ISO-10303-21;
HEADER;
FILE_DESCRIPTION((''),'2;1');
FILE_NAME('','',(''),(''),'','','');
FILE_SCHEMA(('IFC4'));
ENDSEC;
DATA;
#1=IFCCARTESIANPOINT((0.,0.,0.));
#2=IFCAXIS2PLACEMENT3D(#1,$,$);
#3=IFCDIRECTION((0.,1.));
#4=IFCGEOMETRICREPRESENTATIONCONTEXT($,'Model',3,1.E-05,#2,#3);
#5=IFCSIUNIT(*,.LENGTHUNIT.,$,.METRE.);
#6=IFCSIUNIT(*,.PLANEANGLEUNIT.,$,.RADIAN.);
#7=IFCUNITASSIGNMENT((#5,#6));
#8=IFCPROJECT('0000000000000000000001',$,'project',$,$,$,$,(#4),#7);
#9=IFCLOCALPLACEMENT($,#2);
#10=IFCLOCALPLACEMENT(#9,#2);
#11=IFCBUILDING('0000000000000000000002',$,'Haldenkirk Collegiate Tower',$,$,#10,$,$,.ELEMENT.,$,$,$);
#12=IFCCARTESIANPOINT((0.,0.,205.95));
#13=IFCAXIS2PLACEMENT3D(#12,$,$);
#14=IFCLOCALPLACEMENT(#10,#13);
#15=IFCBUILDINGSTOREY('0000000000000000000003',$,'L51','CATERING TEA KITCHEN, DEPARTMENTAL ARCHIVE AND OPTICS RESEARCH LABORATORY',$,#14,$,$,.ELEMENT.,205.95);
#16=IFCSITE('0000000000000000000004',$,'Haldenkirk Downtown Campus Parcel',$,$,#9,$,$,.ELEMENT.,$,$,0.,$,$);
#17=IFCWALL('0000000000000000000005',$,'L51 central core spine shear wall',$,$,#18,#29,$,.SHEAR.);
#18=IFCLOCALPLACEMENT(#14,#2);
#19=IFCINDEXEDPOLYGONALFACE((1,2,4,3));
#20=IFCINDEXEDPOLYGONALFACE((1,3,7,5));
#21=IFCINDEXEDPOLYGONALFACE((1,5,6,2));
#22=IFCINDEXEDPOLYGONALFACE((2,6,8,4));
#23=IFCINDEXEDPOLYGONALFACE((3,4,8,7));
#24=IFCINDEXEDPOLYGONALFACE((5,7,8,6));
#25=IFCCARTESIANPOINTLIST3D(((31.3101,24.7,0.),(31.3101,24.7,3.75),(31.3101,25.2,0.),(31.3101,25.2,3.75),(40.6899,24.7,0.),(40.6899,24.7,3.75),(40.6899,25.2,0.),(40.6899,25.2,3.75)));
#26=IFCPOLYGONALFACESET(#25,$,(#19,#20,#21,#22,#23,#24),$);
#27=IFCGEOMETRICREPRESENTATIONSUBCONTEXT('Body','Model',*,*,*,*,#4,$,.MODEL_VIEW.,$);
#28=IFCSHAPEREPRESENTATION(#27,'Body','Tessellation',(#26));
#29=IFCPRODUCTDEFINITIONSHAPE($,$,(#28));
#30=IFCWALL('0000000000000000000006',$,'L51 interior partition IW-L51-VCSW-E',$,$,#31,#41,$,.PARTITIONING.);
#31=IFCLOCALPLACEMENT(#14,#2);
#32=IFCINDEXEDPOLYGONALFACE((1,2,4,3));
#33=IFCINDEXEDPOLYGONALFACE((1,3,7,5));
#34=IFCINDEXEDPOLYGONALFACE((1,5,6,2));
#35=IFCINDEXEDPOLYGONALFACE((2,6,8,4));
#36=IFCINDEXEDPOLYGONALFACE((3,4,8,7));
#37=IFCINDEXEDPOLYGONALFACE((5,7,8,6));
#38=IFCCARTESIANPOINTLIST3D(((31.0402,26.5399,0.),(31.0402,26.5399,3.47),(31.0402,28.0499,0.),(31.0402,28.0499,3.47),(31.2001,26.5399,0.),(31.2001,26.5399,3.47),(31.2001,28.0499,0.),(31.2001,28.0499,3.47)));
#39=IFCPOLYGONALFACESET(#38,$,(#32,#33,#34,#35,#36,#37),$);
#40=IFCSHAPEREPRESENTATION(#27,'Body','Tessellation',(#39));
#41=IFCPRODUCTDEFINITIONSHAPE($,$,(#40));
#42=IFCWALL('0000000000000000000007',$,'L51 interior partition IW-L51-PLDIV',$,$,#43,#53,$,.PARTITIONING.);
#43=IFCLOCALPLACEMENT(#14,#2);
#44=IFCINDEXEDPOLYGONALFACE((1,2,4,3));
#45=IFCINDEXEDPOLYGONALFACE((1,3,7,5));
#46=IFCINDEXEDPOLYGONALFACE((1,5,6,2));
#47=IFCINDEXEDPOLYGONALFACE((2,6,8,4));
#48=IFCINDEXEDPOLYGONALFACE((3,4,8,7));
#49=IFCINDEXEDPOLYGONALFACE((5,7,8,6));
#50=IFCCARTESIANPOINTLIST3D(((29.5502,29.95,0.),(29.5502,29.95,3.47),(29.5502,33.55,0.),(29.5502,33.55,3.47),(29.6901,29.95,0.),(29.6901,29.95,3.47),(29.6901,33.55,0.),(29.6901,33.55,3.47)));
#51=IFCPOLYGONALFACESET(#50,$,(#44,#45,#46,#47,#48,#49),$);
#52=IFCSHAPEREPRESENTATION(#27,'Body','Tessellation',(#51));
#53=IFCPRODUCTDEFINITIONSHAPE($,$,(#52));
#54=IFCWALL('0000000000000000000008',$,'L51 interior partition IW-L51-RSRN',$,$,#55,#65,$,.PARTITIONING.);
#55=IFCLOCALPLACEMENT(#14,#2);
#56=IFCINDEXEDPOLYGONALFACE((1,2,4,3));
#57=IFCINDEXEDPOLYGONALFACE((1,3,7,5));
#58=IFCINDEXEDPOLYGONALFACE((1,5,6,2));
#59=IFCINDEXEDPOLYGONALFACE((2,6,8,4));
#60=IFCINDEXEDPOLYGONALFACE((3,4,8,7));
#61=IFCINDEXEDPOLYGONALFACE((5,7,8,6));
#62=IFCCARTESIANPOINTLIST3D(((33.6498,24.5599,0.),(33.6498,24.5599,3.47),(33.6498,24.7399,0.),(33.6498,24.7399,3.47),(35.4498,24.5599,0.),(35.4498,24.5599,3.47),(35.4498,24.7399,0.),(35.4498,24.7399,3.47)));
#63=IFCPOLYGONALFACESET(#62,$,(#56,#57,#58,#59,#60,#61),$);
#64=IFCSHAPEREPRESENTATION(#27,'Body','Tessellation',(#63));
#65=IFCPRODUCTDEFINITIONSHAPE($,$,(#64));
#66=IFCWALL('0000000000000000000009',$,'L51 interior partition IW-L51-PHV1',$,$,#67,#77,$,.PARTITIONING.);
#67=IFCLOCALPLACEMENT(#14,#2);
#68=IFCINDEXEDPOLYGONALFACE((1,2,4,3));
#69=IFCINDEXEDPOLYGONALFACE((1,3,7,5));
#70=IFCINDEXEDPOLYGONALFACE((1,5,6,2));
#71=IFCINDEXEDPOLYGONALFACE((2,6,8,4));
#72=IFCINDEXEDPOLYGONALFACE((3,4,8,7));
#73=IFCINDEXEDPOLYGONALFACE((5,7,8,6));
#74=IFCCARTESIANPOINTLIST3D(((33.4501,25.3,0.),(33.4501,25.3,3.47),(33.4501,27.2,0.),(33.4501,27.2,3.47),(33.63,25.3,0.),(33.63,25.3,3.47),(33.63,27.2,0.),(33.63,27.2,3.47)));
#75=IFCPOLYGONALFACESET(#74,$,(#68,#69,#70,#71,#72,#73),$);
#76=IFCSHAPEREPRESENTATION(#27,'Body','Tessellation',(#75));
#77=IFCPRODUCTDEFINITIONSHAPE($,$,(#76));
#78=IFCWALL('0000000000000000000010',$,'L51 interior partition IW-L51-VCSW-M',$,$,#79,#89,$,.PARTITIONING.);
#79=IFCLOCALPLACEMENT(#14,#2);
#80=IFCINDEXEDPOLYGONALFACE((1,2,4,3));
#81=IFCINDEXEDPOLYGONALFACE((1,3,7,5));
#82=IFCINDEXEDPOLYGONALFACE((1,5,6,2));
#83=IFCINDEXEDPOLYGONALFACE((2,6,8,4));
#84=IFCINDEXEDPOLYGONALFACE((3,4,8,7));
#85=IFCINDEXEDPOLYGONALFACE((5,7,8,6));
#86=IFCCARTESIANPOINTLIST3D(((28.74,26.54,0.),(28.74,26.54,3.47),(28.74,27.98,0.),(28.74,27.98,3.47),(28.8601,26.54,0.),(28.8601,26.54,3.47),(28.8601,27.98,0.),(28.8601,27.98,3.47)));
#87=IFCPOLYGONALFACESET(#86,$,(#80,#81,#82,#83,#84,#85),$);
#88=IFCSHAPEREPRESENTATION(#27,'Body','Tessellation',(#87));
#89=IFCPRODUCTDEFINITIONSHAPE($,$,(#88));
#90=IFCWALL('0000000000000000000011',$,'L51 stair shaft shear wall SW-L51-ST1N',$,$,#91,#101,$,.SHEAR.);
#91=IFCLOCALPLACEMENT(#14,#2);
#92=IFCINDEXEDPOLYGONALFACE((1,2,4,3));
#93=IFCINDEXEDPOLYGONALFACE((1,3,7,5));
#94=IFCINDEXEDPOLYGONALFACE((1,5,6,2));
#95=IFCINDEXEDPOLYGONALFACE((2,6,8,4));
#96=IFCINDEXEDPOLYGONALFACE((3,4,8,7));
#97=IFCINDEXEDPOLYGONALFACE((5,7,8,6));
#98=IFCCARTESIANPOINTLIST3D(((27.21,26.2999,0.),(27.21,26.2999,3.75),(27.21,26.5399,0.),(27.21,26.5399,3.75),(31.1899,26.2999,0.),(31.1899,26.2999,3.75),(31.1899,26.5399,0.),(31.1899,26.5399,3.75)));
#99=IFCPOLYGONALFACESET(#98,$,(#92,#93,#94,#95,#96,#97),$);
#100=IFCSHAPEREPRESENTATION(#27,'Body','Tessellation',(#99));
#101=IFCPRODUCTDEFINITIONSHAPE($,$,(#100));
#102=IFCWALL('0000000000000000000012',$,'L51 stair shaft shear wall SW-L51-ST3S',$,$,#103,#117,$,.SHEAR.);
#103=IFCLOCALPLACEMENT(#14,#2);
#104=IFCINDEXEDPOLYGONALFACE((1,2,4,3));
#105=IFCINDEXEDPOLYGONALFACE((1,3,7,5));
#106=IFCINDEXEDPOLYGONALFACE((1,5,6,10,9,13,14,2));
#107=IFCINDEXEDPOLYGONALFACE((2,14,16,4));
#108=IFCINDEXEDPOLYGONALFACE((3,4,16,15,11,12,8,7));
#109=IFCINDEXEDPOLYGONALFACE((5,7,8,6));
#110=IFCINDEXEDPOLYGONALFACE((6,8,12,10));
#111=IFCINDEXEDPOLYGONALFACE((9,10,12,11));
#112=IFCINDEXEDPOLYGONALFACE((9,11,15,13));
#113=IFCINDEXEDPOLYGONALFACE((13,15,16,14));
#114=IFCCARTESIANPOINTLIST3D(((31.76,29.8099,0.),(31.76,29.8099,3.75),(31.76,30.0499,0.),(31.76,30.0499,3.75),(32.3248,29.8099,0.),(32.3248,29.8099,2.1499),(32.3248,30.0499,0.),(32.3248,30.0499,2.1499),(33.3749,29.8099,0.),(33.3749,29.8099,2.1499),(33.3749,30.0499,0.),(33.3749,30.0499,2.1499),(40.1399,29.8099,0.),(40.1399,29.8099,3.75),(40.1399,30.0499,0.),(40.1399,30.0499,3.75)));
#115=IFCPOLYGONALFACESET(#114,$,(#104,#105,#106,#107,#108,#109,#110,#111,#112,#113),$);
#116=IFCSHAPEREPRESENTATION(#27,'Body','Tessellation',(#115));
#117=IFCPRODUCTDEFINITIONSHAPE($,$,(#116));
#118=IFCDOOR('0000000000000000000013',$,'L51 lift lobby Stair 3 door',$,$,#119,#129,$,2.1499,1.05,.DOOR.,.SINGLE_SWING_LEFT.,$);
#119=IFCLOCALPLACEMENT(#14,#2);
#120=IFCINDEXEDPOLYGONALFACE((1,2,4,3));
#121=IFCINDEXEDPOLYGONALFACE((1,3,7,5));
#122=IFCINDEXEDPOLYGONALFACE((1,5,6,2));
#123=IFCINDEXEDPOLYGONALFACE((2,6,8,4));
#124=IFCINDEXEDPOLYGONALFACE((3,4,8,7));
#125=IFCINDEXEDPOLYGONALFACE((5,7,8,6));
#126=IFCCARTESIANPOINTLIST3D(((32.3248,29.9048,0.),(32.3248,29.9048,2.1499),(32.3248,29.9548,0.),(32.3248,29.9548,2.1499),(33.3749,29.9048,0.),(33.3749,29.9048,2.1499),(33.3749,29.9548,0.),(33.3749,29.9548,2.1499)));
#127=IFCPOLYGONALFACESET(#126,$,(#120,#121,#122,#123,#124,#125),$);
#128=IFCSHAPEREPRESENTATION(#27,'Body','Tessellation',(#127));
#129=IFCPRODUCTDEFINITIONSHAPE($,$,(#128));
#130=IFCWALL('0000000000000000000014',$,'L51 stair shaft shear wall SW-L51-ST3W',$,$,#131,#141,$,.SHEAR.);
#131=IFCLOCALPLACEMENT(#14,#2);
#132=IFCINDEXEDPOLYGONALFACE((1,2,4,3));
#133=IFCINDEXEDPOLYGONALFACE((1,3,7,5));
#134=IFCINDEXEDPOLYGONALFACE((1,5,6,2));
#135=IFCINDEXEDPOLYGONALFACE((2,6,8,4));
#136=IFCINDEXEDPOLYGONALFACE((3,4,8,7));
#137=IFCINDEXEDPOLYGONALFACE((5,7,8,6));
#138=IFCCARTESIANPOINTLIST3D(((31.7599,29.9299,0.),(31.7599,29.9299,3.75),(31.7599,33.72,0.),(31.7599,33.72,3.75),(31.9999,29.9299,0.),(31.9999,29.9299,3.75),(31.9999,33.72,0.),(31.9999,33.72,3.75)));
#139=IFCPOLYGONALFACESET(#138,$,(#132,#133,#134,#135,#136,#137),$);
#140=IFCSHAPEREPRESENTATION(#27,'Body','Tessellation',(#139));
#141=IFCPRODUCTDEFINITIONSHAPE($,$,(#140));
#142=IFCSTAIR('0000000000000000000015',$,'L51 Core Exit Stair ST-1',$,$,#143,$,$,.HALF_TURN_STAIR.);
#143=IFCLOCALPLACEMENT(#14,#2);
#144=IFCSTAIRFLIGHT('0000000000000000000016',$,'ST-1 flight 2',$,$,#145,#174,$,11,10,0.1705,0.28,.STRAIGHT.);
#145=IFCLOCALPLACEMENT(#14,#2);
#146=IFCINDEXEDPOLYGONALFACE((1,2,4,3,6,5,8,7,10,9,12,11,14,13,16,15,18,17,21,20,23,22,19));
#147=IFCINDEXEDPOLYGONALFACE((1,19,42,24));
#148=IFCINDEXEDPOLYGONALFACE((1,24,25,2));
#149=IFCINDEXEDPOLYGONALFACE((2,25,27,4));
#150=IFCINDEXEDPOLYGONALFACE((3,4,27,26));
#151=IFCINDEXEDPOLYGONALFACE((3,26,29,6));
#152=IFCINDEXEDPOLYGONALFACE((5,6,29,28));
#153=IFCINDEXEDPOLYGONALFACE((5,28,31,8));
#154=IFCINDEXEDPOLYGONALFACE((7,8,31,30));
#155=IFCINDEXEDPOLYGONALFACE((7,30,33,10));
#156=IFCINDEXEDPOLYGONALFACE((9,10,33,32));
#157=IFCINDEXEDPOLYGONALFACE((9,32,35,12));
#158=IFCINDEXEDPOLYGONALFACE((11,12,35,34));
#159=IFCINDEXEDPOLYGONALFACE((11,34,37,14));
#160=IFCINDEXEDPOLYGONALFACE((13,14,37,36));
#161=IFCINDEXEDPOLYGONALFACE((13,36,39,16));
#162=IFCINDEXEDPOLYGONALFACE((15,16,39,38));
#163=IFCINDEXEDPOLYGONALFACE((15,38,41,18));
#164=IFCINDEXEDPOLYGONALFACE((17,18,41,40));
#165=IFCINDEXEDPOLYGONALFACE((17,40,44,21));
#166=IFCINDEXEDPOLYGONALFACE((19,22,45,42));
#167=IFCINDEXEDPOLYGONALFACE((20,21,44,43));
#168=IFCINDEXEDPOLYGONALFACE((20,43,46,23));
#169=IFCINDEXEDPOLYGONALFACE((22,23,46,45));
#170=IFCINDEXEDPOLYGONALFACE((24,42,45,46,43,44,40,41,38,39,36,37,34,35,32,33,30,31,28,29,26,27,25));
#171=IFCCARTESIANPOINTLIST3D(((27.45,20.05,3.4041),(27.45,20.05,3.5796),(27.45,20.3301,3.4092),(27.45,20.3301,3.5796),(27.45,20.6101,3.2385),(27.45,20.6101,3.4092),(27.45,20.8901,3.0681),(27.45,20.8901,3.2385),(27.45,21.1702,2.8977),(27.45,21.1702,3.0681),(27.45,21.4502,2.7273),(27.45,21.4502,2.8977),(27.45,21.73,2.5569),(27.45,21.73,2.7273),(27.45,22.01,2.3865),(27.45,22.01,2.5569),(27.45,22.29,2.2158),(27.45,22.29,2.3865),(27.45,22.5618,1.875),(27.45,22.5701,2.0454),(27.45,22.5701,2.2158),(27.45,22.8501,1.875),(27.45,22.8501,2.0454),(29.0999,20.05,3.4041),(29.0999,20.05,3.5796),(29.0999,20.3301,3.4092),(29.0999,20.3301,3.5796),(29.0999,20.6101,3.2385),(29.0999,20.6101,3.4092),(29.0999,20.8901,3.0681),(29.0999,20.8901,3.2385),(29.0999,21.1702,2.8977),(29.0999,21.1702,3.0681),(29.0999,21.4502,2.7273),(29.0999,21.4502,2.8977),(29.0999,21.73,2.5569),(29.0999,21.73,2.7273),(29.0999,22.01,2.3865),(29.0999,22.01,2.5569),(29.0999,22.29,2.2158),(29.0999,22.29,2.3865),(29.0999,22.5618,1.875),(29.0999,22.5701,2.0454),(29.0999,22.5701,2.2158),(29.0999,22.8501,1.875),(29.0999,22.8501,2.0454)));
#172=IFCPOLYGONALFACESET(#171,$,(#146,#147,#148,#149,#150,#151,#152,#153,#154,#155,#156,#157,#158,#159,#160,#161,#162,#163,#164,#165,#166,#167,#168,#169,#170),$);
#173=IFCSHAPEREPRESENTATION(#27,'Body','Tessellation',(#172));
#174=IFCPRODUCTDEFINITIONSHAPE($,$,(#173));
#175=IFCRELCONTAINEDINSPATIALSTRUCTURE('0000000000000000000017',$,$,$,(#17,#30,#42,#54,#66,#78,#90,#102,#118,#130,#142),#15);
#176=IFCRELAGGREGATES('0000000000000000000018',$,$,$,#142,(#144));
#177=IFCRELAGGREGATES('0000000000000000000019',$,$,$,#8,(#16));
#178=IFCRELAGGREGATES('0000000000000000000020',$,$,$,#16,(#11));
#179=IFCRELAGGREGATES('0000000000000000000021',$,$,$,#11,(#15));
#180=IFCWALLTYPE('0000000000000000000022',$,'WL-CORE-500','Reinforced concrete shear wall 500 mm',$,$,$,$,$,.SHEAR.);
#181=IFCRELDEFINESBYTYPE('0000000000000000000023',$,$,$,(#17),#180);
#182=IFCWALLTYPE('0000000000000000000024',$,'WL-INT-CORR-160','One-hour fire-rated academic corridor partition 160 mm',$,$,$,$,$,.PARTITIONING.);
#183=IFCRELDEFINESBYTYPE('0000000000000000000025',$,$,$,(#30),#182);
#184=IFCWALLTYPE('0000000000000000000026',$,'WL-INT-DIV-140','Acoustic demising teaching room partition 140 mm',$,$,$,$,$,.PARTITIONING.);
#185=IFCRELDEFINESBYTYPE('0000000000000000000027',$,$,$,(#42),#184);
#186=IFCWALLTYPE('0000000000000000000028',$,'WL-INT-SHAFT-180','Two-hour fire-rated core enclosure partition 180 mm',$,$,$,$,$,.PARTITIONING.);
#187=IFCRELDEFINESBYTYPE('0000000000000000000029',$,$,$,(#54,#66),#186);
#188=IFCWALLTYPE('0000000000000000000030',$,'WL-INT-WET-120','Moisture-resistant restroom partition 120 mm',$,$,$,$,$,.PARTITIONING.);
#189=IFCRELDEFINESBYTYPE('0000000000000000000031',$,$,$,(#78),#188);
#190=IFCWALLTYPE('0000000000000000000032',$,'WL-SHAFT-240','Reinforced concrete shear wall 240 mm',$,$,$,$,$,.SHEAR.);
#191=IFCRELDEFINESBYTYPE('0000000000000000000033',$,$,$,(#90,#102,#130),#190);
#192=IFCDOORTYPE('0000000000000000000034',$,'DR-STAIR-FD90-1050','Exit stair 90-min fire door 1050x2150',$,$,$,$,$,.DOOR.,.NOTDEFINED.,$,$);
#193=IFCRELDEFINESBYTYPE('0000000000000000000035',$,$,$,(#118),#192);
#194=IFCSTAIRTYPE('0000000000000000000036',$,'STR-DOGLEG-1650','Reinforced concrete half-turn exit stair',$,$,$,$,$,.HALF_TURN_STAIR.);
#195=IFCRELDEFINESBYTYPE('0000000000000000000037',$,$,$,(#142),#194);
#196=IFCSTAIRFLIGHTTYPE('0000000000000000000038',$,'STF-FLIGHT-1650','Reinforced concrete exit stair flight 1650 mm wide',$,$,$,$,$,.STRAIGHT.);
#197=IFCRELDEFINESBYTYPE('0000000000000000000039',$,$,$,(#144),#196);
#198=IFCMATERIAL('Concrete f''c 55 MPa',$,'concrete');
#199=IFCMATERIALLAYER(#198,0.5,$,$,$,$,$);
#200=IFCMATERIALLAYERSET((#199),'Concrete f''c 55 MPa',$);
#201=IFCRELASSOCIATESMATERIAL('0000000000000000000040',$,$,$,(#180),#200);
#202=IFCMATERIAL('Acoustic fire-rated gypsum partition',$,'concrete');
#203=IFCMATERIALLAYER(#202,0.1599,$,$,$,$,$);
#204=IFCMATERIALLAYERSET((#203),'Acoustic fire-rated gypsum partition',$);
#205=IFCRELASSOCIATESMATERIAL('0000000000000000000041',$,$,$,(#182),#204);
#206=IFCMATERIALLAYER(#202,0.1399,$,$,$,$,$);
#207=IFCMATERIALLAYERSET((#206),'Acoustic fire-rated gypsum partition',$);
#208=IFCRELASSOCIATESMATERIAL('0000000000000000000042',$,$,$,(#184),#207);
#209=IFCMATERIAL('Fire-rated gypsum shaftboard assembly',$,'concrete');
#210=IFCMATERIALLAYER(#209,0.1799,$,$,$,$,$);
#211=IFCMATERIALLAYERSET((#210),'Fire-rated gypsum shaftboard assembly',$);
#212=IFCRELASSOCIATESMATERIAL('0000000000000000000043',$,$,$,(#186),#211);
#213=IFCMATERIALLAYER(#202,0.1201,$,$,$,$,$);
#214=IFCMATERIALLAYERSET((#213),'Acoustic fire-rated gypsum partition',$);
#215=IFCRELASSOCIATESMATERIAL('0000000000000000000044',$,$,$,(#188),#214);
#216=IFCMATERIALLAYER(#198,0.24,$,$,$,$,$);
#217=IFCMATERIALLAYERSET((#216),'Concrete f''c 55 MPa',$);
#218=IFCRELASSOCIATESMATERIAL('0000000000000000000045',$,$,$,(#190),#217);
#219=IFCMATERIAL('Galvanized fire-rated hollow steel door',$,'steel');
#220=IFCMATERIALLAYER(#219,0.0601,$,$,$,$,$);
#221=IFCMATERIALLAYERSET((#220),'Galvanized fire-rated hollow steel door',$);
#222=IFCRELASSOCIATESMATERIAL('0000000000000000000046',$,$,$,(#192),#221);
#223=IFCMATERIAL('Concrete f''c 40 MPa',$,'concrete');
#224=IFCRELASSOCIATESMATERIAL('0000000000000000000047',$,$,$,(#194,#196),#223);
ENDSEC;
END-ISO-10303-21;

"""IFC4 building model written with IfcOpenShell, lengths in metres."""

from ifc_helpers import new_model, si_unit, direction, frame, frame_2d, origin, place, context, subcontext, project, spatial, polyline, rectangle, outline, extrude, material, layer, layer_set, type_object, element, fill, aggregate, save


model = new_model("IFC4")

# Units and contexts
model_context = context("Model", 3, precision=1e-05, world=origin(), true_north=direction((0.0, 1.0)))
body_context = subcontext(model_context, "Body", "Model", "MODEL_VIEW")
ifc_project = project(units=[si_unit("LENGTHUNIT", "METRE"), si_unit("PLANEANGLEUNIT", "RADIAN")], contexts=[model_context])

# Site, building, storey
site_placement = place(None, origin())
site = spatial("IfcSite", under=ifc_project, at=site_placement, Name="Haldenkirk Downtown Campus Parcel", CompositionType="ELEMENT", RefElevation=0.0)
building_placement = place(site_placement, origin())
building = spatial("IfcBuilding", under=site, at=building_placement, Name="Haldenkirk Collegiate Tower", CompositionType="ELEMENT")
storey_placement = place(building_placement, frame((0.0, 0.0, 205.95)))
storey = spatial("IfcBuildingStorey", under=building, at=storey_placement, Name="L51", Description="CATERING TEA KITCHEN, DEPARTMENTAL ARCHIVE AND OPTICS RESEARCH LABORATORY", CompositionType="ELEMENT", Elevation=205.95)

# Wall
ifc_material_1 = material(Name="Concrete f'c 55 MPa", Category="concrete")
ifc_layer_1 = layer(ifc_material_1, 0.5)
ifc_layer_set_1 = layer_set([ifc_layer_1], Name="Concrete f'c 55 MPa")
wall_type_1 = type_object("IfcWallType", Name="WL-CORE-500", Description="Reinforced concrete shear wall 500 mm", PredefinedType="SHEAR", material=ifc_layer_set_1)
wall_1_placement = place(storey_placement, frame((31.3101, 24.95, 0.0), z_axis=(0.0, 0.0, 1.0), x_axis=(1.0, 0.0, 0.0)))
element("IfcWall", 1, at=wall_1_placement, inside=storey, type_object=wall_type_1, Name="L51 central core spine shear wall", PredefinedType="SHEAR", context=body_context, shape_type="SweptSolid", body=[
    extrude(rectangle(XDim=9.3799, YDim=0.5, at=frame_2d((4.6899, 0.0))), origin(), (0.0, 0.0, 1.0), 3.75),
])

# Shared definitions
ifc_material_2 = material(Name="Acoustic fire-rated gypsum partition", Category="concrete")
ifc_layer_2 = layer(ifc_material_2, 0.1599)
ifc_layer_set_2 = layer_set([ifc_layer_2], Name="Acoustic fire-rated gypsum partition")
wall_type_2 = type_object("IfcWallType", Name="WL-INT-CORR-160", Description="One-hour fire-rated academic corridor partition 160 mm", PredefinedType="PARTITIONING", material=ifc_layer_set_2)

# Wall
wall_2_placement = place(storey_placement, frame((31.1201, 26.54, 0.0), z_axis=(0.0, 0.0, 1.0), x_axis=(0.0, 1.0, 0.0)))
element("IfcWall", 2, at=wall_2_placement, inside=storey, type_object=wall_type_2, Name="L51 interior partition IW-L51-VCSW-E", PredefinedType="PARTITIONING", context=body_context, shape_type="SweptSolid", body=[
    extrude(rectangle(XDim=1.51, YDim=0.1599, at=frame_2d((0.7549, 0.0))), origin(), (0.0, 0.0, 1.0), 3.47),
])

# Walls
ifc_layer_3 = layer(ifc_material_2, 0.1399)
ifc_layer_set_3 = layer_set([ifc_layer_3], Name="Acoustic fire-rated gypsum partition")
wall_type_3 = type_object("IfcWallType", Name="WL-INT-DIV-140", Description="Acoustic demising teaching room partition 140 mm", PredefinedType="PARTITIONING", material=ifc_layer_set_3)
wall_3_placement = place(storey_placement, frame((29.6201, 29.95, 0.0), z_axis=(0.0, 0.0, 1.0), x_axis=(0.0, 1.0, 0.0)))
element("IfcWall", 3, at=wall_3_placement, inside=storey, type_object=wall_type_3, Name="L51 interior partition IW-L51-PLDIV", PredefinedType="PARTITIONING", context=body_context, shape_type="SweptSolid", body=[
    extrude(rectangle(XDim=3.6001, YDim=0.1399, at=frame_2d((1.8, 0.0))), origin(), (0.0, 0.0, 1.0), 3.47),
])
ifc_material_3 = material(Name="Fire-rated gypsum shaftboard assembly", Category="concrete")
ifc_layer_4 = layer(ifc_material_3, 0.1799)
ifc_layer_set_4 = layer_set([ifc_layer_4], Name="Fire-rated gypsum shaftboard assembly")
wall_type_4 = type_object("IfcWallType", Name="WL-INT-SHAFT-180", Description="Two-hour fire-rated core enclosure partition 180 mm", PredefinedType="PARTITIONING", material=ifc_layer_set_4)
wall_4_placement = place(storey_placement, frame((33.6499, 24.6499, 0.0), z_axis=(0.0, 0.0, 1.0), x_axis=(1.0, 0.0, 0.0)))
element("IfcWall", 4, at=wall_4_placement, inside=storey, type_object=wall_type_4, Name="L51 interior partition IW-L51-RSRN", PredefinedType="PARTITIONING", context=body_context, shape_type="SweptSolid", body=[
    extrude(rectangle(XDim=1.8, YDim=0.1799, at=frame_2d((0.8999, 0.0))), origin(), (0.0, 0.0, 1.0), 3.47),
])

# Walls
wall_5_placement = place(storey_placement, frame((33.54, 25.3, 0.0), z_axis=(0.0, 0.0, 1.0), x_axis=(0.0, 1.0, 0.0)))
element("IfcWall", 5, at=wall_5_placement, inside=storey, type_object=wall_type_4, Name="L51 interior partition IW-L51-PHV1", PredefinedType="PARTITIONING", context=body_context, shape_type="SweptSolid", body=[
    extrude(rectangle(XDim=1.8999, YDim=0.1799, at=frame_2d((0.95, 0.0))), origin(), (0.0, 0.0, 1.0), 3.47),
])
ifc_layer_5 = layer(ifc_material_2, 0.1201)
ifc_layer_set_5 = layer_set([ifc_layer_5], Name="Acoustic fire-rated gypsum partition")
wall_type_5 = type_object("IfcWallType", Name="WL-INT-WET-120", Description="Moisture-resistant restroom partition 120 mm", PredefinedType="PARTITIONING", material=ifc_layer_set_5)
wall_6_placement = place(storey_placement, frame((28.8, 26.54, 0.0), z_axis=(0.0, 0.0, 1.0), x_axis=(0.0, 1.0, 0.0)))
element("IfcWall", 6, at=wall_6_placement, inside=storey, type_object=wall_type_5, Name="L51 interior partition IW-L51-VCSW-M", PredefinedType="PARTITIONING", context=body_context, shape_type="SweptSolid", body=[
    extrude(rectangle(XDim=1.4399, YDim=0.1201, at=frame_2d((0.72, 0.0))), origin(), (0.0, 0.0, 1.0), 3.47),
])
ifc_layer_6 = layer(ifc_material_1, 0.24)
ifc_layer_set_6 = layer_set([ifc_layer_6], Name="Concrete f'c 55 MPa")
wall_type_6 = type_object("IfcWallType", Name="WL-SHAFT-240", Description="Reinforced concrete shear wall 240 mm", PredefinedType="SHEAR", material=ifc_layer_set_6)
wall_7_placement = place(storey_placement, frame((27.21, 26.4199, 0.0), z_axis=(0.0, 0.0, 1.0), x_axis=(1.0, 0.0, 0.0)))
element("IfcWall", 7, at=wall_7_placement, inside=storey, type_object=wall_type_6, Name="L51 stair shaft shear wall SW-L51-ST1N", PredefinedType="SHEAR", context=body_context, shape_type="SweptSolid", body=[
    extrude(rectangle(XDim=3.98, YDim=0.24, at=frame_2d((1.99, 0.0))), origin(), (0.0, 0.0, 1.0), 3.75),
])

# Wall, opening, door
wall_8_placement = place(storey_placement, frame((31.76, 29.9299, 0.0), z_axis=(0.0, 0.0, 1.0), x_axis=(1.0, 0.0, 0.0)))
wall_8 = element("IfcWall", 8, at=wall_8_placement, inside=storey, type_object=wall_type_6, Name="L51 stair shaft shear wall SW-L51-ST3S", PredefinedType="SHEAR", context=body_context, shape_type="SweptSolid", body=[
    extrude(rectangle(XDim=8.3799, YDim=0.24, at=frame_2d((4.1899, 0.0))), origin(), (0.0, 0.0, 1.0), 3.75),
])
opening_1_placement = place(wall_8_placement, frame((0.5649, 0.0, 0.0)))
opening_1 = element("IfcOpeningElement", 9, at=opening_1_placement, cuts=wall_8, PredefinedType="OPENING", context=body_context, shape_type="SweptSolid", body=[
    extrude(rectangle(XDim=1.05, YDim=2.1499, at=frame_2d((0.5249, 1.075))), frame((0.0, 0.1299, 0.0), z_axis=(0.0, -1.0, 0.0), x_axis=(1.0, 0.0, 0.0)), (0.0, 0.0, 1.0), 0.26),
])
ifc_material_4 = material(Name="Galvanized fire-rated hollow steel door", Category="steel")
ifc_layer_7 = layer(ifc_material_4, 0.0601)
ifc_layer_set_7 = layer_set([ifc_layer_7], Name="Galvanized fire-rated hollow steel door")
door_type_1 = type_object("IfcDoorType", Name="DR-STAIR-FD90-1050", Description="Exit stair 90-min fire door 1050x2150", OperationType="NOTDEFINED", PredefinedType="DOOR", material=ifc_layer_set_7)
door_1_placement = place(opening_1_placement, origin())
door_1 = element("IfcDoor", 10, at=door_1_placement, inside=storey, type_object=door_type_1, Name="L51 lift lobby Stair 3 door", OperationType="SINGLE_SWING_LEFT", OverallHeight=2.1499, OverallWidth=1.05, PredefinedType="DOOR", context=body_context, shape_type="SweptSolid", body=[
    extrude(rectangle(XDim=1.05, YDim=2.1499, at=frame_2d((0.5249, 1.075))), frame((0.0, 0.0249, 0.0), z_axis=(0.0, -1.0, 0.0), x_axis=(1.0, 0.0, 0.0)), (0.0, 0.0, 1.0), 0.05),
])
fill(opening_1, door_1)

# Wall
wall_9_placement = place(storey_placement, frame((31.8799, 29.9299, 0.0), z_axis=(0.0, 0.0, 1.0), x_axis=(0.0, 1.0, 0.0)))
element("IfcWall", 11, at=wall_9_placement, inside=storey, type_object=wall_type_6, Name="L51 stair shaft shear wall SW-L51-ST3W", PredefinedType="SHEAR", context=body_context, shape_type="SweptSolid", body=[
    extrude(rectangle(XDim=3.79, YDim=0.24, at=frame_2d((1.895, 0.0))), origin(), (0.0, 0.0, 1.0), 3.75),
])

# Stair, stair flight
ifc_material_5 = material(Name="Concrete f'c 40 MPa", Category="concrete")
stair_type = type_object("IfcStairType", Name="STR-DOGLEG-1650", Description="Reinforced concrete half-turn exit stair", PredefinedType="HALF_TURN_STAIR", material=ifc_material_5)
stair_placement = place(storey_placement, origin())
stair = element("IfcStair", 12, at=stair_placement, inside=storey, type_object=stair_type, Name="L51 Core Exit Stair ST-1", PredefinedType="HALF_TURN_STAIR")
stair_flight_type = type_object("IfcStairFlightType", Name="STF-FLIGHT-1650", Description="Reinforced concrete exit stair flight 1650 mm wide", PredefinedType="STRAIGHT", material=ifc_material_5)
stair_flight_placement = place(storey_placement, frame((28.2749, 22.8501, 1.875), z_axis=(0.0, 0.0, 1.0), x_axis=(0.0, -1.0, 0.0)))
stair_flight = element("IfcStairFlight", 13, at=stair_flight_placement, type_object=stair_flight_type, Name="ST-1 flight 2", NumberOfRisers=11, NumberOfTreads=10, PredefinedType="STRAIGHT", RiserHeight=0.1705, TreadLength=0.28, context=body_context, shape_type="SweptSolid", body=[
    extrude(outline(polyline([(0.0, 0.0), (0.0, 0.1704), (0.28, 0.1704), (0.28, 0.3408), (0.5601, 0.3408), (0.5601, 0.5115), (0.8401, 0.5115), (0.8401, 0.6819), (1.1201, 0.6819), (1.1201, 0.8523), (1.3999, 0.8523), (1.3999, 1.0227), (1.6799, 1.0227), (1.6799, 1.1931), (1.96, 1.1931), (1.96, 1.3635), (2.24, 1.3635), (2.24, 1.5342), (2.52, 1.5342), (2.52, 1.7046), (2.8, 1.7046), (2.8, 1.875), (2.8, 1.5291), (0.2883, 0.0), (0.0, 0.0)])), frame((0.0, 0.825, 0.0), z_axis=(0.0, -1.0, 0.0), x_axis=(1.0, 0.0, 0.0)), (0.0, 0.0, 1.0), 1.6499),
])
aggregate(stair, [stair_flight])

save(model, "model.ifc")
